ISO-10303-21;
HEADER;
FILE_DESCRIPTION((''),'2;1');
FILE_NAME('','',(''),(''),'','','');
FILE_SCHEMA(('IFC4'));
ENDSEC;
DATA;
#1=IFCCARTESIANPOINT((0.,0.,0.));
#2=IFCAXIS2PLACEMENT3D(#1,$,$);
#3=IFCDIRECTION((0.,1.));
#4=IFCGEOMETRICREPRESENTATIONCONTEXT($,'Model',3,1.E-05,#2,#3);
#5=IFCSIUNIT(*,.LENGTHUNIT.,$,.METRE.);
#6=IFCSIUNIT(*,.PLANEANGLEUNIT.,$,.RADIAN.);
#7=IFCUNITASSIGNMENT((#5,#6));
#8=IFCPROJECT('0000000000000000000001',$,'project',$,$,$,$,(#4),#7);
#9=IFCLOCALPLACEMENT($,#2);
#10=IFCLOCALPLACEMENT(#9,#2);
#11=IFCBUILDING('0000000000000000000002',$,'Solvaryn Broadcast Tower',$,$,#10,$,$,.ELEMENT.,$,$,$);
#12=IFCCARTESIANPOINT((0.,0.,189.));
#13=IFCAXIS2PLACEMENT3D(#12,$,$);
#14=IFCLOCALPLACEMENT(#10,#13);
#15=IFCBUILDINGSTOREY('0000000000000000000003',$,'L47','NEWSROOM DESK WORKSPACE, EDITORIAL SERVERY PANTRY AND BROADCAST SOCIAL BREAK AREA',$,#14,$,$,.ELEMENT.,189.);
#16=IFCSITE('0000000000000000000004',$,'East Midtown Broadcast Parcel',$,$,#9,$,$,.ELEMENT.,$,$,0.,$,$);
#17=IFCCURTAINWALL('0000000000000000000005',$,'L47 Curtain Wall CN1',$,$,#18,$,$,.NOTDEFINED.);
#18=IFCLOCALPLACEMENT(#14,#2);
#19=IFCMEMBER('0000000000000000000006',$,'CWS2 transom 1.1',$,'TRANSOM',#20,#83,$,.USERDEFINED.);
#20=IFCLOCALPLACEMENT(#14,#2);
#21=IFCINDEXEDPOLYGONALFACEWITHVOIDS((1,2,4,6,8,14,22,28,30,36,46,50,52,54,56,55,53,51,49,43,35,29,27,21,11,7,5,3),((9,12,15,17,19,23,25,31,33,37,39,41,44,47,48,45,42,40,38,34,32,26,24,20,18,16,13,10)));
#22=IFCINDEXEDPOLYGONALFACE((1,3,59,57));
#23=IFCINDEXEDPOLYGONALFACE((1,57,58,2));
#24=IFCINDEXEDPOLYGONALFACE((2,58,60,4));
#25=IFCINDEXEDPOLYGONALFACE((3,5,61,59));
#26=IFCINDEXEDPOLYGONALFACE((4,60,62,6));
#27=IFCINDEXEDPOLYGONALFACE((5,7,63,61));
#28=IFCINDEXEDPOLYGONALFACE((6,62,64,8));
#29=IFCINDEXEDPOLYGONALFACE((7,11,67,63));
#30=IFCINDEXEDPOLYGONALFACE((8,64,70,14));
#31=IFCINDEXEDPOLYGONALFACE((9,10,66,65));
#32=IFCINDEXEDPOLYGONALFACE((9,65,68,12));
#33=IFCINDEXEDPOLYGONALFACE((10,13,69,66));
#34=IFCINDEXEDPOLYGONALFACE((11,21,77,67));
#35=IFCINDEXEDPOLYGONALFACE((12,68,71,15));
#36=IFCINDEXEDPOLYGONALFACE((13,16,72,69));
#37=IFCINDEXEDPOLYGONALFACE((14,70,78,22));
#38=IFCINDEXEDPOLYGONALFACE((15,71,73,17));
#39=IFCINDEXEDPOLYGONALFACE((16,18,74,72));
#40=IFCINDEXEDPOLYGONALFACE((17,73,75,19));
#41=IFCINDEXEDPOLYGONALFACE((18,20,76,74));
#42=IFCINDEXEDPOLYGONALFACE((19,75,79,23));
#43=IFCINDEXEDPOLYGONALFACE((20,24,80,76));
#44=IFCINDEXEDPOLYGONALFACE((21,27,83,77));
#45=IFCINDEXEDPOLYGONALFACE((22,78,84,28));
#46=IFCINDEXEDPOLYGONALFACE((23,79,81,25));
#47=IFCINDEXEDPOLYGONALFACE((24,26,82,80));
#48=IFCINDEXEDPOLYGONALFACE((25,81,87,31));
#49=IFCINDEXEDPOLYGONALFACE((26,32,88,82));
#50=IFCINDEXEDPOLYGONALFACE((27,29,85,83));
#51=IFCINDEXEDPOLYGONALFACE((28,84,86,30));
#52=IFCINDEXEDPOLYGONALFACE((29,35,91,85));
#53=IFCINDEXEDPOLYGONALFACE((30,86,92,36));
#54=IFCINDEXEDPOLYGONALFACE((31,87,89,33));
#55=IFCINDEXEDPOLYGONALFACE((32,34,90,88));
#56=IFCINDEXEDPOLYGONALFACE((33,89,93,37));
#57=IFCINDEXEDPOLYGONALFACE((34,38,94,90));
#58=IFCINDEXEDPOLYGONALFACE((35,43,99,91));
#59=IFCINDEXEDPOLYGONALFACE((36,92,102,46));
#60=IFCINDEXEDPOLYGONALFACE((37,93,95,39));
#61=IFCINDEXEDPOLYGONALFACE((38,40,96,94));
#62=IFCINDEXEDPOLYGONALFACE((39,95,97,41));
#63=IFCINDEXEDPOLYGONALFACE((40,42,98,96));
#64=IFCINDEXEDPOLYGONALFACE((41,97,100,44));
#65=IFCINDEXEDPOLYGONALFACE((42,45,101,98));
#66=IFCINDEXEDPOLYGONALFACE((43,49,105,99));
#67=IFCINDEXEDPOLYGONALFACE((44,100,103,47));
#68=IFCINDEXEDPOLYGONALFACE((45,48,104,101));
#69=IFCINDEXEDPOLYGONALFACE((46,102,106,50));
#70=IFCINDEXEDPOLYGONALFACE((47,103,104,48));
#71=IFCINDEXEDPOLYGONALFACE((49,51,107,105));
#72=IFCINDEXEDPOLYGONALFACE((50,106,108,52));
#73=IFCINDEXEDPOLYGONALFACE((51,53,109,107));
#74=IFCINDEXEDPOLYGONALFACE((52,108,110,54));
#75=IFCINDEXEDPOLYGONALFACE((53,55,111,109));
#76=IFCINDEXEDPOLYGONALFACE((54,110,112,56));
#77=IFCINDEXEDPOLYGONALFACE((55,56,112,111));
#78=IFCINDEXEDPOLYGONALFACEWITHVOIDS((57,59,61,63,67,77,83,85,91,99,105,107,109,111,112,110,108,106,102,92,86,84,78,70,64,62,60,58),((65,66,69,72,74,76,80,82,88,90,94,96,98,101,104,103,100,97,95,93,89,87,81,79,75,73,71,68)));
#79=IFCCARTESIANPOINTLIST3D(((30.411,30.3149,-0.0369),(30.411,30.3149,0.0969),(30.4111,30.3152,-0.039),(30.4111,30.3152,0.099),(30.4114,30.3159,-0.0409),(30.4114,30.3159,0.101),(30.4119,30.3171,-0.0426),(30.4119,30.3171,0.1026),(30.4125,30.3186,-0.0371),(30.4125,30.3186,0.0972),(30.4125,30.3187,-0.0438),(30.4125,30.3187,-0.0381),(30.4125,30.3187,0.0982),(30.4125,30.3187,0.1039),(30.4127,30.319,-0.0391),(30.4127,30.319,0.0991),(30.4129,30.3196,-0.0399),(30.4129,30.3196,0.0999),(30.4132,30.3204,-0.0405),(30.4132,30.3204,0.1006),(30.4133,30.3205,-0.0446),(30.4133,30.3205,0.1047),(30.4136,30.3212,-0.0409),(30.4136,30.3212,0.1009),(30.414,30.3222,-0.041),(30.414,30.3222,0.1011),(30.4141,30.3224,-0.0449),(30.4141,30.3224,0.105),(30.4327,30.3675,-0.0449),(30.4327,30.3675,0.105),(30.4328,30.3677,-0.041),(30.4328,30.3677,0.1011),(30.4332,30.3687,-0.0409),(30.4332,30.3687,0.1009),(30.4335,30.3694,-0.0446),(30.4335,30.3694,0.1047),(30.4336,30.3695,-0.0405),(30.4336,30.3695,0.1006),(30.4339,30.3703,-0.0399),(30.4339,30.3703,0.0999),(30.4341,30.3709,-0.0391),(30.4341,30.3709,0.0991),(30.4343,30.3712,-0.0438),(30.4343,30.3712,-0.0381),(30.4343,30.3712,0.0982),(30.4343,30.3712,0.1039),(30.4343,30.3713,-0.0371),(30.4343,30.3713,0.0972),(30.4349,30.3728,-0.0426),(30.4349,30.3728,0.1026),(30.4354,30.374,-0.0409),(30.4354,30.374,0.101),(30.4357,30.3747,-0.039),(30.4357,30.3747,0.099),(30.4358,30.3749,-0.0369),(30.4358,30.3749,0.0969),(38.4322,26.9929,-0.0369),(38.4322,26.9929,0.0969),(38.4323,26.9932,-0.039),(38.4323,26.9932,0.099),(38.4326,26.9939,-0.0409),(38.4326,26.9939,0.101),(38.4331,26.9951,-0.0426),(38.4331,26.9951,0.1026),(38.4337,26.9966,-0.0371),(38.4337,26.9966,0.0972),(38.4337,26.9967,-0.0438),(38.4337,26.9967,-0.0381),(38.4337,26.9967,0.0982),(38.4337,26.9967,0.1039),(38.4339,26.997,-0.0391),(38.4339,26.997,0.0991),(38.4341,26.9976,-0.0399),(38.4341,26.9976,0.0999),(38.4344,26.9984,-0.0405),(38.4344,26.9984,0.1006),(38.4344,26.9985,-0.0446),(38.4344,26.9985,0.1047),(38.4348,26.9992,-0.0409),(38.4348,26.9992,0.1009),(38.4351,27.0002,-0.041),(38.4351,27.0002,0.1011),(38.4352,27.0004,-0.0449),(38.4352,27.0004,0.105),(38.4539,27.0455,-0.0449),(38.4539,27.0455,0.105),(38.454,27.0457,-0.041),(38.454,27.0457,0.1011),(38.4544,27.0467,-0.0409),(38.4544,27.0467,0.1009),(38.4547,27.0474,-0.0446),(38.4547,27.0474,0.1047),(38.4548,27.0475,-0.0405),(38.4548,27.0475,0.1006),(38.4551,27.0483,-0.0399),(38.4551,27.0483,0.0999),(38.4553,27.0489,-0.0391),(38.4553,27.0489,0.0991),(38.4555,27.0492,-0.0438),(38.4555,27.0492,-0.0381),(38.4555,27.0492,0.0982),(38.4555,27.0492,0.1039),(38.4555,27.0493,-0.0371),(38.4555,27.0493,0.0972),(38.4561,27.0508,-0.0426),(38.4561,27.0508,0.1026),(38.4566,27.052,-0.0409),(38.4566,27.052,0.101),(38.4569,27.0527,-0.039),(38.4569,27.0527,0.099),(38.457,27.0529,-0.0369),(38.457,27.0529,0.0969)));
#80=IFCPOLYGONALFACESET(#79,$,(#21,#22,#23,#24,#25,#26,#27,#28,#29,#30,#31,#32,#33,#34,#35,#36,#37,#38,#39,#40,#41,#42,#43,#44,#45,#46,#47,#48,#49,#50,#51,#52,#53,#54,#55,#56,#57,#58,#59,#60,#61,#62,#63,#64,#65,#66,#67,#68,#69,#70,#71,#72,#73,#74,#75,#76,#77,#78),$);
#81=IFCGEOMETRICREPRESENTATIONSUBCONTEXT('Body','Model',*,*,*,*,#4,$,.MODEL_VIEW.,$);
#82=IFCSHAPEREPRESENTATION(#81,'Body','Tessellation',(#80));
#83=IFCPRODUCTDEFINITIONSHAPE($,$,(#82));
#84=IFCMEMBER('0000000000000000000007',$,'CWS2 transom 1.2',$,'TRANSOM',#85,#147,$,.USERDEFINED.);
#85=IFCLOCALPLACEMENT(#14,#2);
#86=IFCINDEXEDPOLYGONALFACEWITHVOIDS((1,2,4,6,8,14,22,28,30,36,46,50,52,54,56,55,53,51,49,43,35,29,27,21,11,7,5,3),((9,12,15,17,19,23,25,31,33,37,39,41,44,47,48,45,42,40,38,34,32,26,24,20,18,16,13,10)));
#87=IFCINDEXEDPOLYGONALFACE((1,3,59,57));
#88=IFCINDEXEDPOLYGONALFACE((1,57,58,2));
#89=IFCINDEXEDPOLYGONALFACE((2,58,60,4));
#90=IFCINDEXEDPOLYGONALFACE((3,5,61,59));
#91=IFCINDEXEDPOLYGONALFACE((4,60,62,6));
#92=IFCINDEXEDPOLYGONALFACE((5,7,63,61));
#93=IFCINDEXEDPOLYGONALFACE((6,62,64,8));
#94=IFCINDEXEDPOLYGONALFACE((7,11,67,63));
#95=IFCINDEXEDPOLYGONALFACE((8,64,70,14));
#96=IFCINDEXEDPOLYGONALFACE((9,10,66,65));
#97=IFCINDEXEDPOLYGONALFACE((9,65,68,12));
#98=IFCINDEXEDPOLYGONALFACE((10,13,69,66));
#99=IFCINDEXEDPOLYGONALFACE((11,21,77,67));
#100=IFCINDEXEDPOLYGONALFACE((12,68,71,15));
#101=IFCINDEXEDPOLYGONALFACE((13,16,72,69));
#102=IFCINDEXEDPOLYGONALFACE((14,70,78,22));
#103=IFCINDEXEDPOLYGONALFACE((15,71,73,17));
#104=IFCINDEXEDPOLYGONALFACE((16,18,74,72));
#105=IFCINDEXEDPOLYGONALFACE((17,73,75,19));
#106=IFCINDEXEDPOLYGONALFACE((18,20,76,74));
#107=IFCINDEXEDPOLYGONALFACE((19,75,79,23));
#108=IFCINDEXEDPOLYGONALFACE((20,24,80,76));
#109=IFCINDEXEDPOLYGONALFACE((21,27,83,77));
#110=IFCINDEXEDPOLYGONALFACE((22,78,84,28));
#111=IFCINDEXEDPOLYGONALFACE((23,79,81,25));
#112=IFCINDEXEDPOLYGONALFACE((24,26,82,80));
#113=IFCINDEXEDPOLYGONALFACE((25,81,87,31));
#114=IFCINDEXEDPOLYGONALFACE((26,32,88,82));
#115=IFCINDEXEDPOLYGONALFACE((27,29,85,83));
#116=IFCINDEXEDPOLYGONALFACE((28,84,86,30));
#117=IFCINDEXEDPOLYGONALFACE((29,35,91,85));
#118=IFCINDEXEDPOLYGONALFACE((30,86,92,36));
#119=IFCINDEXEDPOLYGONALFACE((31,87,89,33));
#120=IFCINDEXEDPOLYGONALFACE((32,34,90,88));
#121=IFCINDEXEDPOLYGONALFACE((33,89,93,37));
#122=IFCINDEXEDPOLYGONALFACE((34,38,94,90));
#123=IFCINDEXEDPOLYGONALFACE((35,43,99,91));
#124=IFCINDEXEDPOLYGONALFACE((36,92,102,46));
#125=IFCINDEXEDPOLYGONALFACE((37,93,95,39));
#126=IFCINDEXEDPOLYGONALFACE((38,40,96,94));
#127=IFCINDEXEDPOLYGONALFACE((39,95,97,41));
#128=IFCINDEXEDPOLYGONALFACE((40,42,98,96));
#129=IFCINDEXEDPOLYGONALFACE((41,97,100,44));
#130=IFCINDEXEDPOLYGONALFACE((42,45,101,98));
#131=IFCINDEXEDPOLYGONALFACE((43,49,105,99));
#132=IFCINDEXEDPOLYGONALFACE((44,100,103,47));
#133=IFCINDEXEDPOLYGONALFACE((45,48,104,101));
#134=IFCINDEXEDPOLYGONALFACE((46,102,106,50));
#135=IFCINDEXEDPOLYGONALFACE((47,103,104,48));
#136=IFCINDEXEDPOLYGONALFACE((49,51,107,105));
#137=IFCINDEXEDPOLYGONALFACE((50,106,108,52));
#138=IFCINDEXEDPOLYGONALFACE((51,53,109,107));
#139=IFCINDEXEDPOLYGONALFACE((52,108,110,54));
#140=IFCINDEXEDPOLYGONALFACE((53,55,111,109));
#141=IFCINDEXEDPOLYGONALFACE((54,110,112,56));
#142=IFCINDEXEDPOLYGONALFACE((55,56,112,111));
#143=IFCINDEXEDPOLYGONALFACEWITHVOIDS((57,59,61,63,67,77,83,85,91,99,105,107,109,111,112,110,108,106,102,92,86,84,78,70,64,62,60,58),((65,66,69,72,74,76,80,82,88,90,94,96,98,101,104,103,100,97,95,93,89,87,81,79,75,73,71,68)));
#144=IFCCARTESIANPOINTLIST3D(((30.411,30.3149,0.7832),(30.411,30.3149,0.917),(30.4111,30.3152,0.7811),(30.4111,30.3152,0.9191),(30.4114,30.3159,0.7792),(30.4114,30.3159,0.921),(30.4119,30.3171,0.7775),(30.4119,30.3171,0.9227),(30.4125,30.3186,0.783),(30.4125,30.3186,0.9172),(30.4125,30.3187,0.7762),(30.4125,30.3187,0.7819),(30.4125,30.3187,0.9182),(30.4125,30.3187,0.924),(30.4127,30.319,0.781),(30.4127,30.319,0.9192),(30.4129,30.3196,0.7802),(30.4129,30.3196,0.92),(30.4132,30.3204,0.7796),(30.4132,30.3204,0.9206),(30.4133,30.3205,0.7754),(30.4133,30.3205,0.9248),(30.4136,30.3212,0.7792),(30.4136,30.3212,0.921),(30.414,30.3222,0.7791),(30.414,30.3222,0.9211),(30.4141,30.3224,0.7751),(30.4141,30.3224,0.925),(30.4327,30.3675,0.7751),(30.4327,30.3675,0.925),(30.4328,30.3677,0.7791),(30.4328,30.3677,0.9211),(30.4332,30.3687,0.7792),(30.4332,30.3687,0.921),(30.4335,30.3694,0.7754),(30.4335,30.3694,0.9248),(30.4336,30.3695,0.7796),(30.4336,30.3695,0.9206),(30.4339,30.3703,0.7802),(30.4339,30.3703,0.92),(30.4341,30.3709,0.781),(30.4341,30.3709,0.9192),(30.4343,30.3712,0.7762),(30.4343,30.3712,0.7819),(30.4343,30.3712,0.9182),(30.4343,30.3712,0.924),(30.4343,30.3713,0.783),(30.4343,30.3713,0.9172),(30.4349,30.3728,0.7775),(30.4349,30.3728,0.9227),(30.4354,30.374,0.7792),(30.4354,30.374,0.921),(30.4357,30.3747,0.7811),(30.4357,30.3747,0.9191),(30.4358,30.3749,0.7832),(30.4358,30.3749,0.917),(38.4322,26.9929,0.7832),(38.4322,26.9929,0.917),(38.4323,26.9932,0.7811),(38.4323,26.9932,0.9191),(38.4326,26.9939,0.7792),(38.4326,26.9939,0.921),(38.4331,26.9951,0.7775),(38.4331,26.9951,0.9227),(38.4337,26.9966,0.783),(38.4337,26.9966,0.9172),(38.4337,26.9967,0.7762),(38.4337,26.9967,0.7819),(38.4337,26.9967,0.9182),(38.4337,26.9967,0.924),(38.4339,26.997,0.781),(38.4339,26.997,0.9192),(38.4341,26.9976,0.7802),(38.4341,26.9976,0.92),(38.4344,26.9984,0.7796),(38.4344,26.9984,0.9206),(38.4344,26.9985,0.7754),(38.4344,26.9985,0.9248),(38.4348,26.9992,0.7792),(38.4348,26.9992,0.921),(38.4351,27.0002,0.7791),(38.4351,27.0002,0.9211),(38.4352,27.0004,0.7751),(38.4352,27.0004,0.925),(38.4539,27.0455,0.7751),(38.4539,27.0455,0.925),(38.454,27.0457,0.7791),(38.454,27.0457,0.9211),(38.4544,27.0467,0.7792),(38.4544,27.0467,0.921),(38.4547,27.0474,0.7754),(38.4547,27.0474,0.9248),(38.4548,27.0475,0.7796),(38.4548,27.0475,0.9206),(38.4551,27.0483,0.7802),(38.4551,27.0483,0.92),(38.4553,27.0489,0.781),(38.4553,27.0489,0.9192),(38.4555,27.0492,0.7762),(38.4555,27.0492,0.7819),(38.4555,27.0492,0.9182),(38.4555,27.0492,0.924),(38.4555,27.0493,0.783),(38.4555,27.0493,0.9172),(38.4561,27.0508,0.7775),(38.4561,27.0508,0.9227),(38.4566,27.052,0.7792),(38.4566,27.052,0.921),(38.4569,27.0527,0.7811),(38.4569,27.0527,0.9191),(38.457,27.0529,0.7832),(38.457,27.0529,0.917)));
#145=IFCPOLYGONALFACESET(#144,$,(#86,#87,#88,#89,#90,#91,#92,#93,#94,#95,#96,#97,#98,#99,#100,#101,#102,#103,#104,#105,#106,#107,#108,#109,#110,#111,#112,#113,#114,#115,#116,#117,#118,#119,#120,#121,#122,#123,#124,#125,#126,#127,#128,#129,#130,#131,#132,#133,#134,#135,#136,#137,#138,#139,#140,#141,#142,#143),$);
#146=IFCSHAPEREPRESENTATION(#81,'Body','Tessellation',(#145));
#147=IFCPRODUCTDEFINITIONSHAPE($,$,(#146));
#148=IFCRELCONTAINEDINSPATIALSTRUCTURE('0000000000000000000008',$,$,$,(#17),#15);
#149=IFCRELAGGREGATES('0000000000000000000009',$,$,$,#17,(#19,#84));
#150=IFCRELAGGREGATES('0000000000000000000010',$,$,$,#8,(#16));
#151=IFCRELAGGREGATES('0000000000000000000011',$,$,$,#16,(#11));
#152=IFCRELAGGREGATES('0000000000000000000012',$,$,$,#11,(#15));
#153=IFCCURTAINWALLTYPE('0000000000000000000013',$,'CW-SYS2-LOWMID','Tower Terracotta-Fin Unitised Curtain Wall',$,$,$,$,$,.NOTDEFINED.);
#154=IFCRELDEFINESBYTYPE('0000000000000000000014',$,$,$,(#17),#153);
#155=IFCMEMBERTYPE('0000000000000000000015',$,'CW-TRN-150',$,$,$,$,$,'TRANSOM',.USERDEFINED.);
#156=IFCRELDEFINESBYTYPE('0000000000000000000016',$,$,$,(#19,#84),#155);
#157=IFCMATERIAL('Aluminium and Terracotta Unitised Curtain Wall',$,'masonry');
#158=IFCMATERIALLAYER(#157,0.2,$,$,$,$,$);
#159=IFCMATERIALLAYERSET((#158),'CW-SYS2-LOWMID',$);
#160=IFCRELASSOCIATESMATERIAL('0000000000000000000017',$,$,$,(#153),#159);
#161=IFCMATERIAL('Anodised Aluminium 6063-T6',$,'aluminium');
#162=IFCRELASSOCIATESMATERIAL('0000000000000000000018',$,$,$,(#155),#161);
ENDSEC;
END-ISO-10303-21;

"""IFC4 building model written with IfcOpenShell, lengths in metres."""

from ifc_helpers import new_model, si_unit, direction, frame, origin, origin_2d, place, context, subcontext, project, spatial, hollow_rectangle, extrude, material, layer, layer_set, material_profile, profile_set, type_object, element, aggregate, save


model = new_model("IFC4")

# Units and contexts
model_context = context("Model", 3, precision=1e-05, world=origin(), true_north=direction((0.0, 1.0)))
body_context = subcontext(model_context, "Body", "Model", "MODEL_VIEW")
ifc_project = project(units=[si_unit("LENGTHUNIT", "METRE"), si_unit("PLANEANGLEUNIT", "RADIAN")], contexts=[model_context])

# Site, building, storey
site_placement = place(None, origin())
site = spatial("IfcSite", under=ifc_project, at=site_placement, Name="East Midtown Broadcast Parcel", CompositionType="ELEMENT", RefElevation=0.0)
building_placement = place(site_placement, origin())
building = spatial("IfcBuilding", under=site, at=building_placement, Name="Solvaryn Broadcast Tower", CompositionType="ELEMENT")
storey_placement = place(building_placement, frame((0.0, 0.0, 189.0)))
storey = spatial("IfcBuildingStorey", under=building, at=storey_placement, Name="L47", Description="NEWSROOM DESK WORKSPACE, EDITORIAL SERVERY PANTRY AND BROADCAST SOCIAL BREAK AREA", CompositionType="ELEMENT", Elevation=189.0)

# Curtain wall
ifc_material_1 = material(Name="Aluminium and Terracotta Unitised Curtain Wall", Category="masonry")
ifc_layer_1 = layer(ifc_material_1, 0.2)
ifc_layer_set_1 = layer_set([ifc_layer_1], Name="CW-SYS2-LOWMID")
curtain_wall_type = type_object("IfcCurtainWallType", Name="CW-SYS2-LOWMID", Description="Tower Terracotta-Fin Unitised Curtain Wall", PredefinedType="NOTDEFINED", material=ifc_layer_set_1)
curtain_wall_1_placement = place(storey_placement, origin())
curtain_wall_1 = element("IfcCurtainWall", 1, at=curtain_wall_1_placement, inside=storey, type_object=curtain_wall_type, Name="L47 Curtain Wall CN1", PredefinedType="NOTDEFINED")

# Members
ifc_material_2 = material(Name="Anodised Aluminium 6063-T6", Category="aluminium")
ifc_material_profile_1 = material_profile(ifc_material_2, hollow_rectangle(XDim=0.0649, YDim=0.1499, WallThickness=0.0039, InnerFilletRadius=0.0039, OuterFilletRadius=0.0081, at=origin_2d()))
ifc_profile_set_1 = profile_set([ifc_material_profile_1], Name="Anodised Aluminium 6063-T6")
member_type_1 = type_object("IfcMemberType", Name="CW-TRN-150", ElementType="TRANSOM", PredefinedType="USERDEFINED", material=ifc_profile_set_1)
member_1_placement = place(storey_placement, frame((38.4446, 27.0229, 0.03), z_axis=(-0.923899, 0.382636, 0.0), x_axis=(-0.382636, -0.923899, 0.0)))
member_1 = element("IfcMember", 2, at=member_1_placement, type_object=member_type_1, Name="CWS2 transom 1.1", ObjectType="TRANSOM", PredefinedType="USERDEFINED", context=body_context, shape_type="SweptSolid", body=[
    extrude(hollow_rectangle(XDim=0.0649, YDim=0.1499, WallThickness=0.0039, InnerFilletRadius=0.0039, OuterFilletRadius=0.0081, at=origin_2d()), origin(), (0.0, 0.0, 1.0), 8.6819),
])
member_2_placement = place(storey_placement, frame((38.4446, 27.0229, 0.8501), z_axis=(-0.923899, 0.382636, 0.0), x_axis=(-0.382636, -0.923899, 0.0)))
member_2 = element("IfcMember", 3, at=member_2_placement, type_object=member_type_1, Name="CWS2 transom 1.2", ObjectType="TRANSOM", PredefinedType="USERDEFINED", context=body_context, shape_type="SweptSolid", body=[
    extrude(hollow_rectangle(XDim=0.0649, YDim=0.1499, WallThickness=0.0039, InnerFilletRadius=0.0039, OuterFilletRadius=0.0081, at=origin_2d()), origin(), (0.0, 0.0, 1.0), 8.6819),
])

aggregate(curtain_wall_1, [member_1, member_2])

save(model, "model.ifc")
